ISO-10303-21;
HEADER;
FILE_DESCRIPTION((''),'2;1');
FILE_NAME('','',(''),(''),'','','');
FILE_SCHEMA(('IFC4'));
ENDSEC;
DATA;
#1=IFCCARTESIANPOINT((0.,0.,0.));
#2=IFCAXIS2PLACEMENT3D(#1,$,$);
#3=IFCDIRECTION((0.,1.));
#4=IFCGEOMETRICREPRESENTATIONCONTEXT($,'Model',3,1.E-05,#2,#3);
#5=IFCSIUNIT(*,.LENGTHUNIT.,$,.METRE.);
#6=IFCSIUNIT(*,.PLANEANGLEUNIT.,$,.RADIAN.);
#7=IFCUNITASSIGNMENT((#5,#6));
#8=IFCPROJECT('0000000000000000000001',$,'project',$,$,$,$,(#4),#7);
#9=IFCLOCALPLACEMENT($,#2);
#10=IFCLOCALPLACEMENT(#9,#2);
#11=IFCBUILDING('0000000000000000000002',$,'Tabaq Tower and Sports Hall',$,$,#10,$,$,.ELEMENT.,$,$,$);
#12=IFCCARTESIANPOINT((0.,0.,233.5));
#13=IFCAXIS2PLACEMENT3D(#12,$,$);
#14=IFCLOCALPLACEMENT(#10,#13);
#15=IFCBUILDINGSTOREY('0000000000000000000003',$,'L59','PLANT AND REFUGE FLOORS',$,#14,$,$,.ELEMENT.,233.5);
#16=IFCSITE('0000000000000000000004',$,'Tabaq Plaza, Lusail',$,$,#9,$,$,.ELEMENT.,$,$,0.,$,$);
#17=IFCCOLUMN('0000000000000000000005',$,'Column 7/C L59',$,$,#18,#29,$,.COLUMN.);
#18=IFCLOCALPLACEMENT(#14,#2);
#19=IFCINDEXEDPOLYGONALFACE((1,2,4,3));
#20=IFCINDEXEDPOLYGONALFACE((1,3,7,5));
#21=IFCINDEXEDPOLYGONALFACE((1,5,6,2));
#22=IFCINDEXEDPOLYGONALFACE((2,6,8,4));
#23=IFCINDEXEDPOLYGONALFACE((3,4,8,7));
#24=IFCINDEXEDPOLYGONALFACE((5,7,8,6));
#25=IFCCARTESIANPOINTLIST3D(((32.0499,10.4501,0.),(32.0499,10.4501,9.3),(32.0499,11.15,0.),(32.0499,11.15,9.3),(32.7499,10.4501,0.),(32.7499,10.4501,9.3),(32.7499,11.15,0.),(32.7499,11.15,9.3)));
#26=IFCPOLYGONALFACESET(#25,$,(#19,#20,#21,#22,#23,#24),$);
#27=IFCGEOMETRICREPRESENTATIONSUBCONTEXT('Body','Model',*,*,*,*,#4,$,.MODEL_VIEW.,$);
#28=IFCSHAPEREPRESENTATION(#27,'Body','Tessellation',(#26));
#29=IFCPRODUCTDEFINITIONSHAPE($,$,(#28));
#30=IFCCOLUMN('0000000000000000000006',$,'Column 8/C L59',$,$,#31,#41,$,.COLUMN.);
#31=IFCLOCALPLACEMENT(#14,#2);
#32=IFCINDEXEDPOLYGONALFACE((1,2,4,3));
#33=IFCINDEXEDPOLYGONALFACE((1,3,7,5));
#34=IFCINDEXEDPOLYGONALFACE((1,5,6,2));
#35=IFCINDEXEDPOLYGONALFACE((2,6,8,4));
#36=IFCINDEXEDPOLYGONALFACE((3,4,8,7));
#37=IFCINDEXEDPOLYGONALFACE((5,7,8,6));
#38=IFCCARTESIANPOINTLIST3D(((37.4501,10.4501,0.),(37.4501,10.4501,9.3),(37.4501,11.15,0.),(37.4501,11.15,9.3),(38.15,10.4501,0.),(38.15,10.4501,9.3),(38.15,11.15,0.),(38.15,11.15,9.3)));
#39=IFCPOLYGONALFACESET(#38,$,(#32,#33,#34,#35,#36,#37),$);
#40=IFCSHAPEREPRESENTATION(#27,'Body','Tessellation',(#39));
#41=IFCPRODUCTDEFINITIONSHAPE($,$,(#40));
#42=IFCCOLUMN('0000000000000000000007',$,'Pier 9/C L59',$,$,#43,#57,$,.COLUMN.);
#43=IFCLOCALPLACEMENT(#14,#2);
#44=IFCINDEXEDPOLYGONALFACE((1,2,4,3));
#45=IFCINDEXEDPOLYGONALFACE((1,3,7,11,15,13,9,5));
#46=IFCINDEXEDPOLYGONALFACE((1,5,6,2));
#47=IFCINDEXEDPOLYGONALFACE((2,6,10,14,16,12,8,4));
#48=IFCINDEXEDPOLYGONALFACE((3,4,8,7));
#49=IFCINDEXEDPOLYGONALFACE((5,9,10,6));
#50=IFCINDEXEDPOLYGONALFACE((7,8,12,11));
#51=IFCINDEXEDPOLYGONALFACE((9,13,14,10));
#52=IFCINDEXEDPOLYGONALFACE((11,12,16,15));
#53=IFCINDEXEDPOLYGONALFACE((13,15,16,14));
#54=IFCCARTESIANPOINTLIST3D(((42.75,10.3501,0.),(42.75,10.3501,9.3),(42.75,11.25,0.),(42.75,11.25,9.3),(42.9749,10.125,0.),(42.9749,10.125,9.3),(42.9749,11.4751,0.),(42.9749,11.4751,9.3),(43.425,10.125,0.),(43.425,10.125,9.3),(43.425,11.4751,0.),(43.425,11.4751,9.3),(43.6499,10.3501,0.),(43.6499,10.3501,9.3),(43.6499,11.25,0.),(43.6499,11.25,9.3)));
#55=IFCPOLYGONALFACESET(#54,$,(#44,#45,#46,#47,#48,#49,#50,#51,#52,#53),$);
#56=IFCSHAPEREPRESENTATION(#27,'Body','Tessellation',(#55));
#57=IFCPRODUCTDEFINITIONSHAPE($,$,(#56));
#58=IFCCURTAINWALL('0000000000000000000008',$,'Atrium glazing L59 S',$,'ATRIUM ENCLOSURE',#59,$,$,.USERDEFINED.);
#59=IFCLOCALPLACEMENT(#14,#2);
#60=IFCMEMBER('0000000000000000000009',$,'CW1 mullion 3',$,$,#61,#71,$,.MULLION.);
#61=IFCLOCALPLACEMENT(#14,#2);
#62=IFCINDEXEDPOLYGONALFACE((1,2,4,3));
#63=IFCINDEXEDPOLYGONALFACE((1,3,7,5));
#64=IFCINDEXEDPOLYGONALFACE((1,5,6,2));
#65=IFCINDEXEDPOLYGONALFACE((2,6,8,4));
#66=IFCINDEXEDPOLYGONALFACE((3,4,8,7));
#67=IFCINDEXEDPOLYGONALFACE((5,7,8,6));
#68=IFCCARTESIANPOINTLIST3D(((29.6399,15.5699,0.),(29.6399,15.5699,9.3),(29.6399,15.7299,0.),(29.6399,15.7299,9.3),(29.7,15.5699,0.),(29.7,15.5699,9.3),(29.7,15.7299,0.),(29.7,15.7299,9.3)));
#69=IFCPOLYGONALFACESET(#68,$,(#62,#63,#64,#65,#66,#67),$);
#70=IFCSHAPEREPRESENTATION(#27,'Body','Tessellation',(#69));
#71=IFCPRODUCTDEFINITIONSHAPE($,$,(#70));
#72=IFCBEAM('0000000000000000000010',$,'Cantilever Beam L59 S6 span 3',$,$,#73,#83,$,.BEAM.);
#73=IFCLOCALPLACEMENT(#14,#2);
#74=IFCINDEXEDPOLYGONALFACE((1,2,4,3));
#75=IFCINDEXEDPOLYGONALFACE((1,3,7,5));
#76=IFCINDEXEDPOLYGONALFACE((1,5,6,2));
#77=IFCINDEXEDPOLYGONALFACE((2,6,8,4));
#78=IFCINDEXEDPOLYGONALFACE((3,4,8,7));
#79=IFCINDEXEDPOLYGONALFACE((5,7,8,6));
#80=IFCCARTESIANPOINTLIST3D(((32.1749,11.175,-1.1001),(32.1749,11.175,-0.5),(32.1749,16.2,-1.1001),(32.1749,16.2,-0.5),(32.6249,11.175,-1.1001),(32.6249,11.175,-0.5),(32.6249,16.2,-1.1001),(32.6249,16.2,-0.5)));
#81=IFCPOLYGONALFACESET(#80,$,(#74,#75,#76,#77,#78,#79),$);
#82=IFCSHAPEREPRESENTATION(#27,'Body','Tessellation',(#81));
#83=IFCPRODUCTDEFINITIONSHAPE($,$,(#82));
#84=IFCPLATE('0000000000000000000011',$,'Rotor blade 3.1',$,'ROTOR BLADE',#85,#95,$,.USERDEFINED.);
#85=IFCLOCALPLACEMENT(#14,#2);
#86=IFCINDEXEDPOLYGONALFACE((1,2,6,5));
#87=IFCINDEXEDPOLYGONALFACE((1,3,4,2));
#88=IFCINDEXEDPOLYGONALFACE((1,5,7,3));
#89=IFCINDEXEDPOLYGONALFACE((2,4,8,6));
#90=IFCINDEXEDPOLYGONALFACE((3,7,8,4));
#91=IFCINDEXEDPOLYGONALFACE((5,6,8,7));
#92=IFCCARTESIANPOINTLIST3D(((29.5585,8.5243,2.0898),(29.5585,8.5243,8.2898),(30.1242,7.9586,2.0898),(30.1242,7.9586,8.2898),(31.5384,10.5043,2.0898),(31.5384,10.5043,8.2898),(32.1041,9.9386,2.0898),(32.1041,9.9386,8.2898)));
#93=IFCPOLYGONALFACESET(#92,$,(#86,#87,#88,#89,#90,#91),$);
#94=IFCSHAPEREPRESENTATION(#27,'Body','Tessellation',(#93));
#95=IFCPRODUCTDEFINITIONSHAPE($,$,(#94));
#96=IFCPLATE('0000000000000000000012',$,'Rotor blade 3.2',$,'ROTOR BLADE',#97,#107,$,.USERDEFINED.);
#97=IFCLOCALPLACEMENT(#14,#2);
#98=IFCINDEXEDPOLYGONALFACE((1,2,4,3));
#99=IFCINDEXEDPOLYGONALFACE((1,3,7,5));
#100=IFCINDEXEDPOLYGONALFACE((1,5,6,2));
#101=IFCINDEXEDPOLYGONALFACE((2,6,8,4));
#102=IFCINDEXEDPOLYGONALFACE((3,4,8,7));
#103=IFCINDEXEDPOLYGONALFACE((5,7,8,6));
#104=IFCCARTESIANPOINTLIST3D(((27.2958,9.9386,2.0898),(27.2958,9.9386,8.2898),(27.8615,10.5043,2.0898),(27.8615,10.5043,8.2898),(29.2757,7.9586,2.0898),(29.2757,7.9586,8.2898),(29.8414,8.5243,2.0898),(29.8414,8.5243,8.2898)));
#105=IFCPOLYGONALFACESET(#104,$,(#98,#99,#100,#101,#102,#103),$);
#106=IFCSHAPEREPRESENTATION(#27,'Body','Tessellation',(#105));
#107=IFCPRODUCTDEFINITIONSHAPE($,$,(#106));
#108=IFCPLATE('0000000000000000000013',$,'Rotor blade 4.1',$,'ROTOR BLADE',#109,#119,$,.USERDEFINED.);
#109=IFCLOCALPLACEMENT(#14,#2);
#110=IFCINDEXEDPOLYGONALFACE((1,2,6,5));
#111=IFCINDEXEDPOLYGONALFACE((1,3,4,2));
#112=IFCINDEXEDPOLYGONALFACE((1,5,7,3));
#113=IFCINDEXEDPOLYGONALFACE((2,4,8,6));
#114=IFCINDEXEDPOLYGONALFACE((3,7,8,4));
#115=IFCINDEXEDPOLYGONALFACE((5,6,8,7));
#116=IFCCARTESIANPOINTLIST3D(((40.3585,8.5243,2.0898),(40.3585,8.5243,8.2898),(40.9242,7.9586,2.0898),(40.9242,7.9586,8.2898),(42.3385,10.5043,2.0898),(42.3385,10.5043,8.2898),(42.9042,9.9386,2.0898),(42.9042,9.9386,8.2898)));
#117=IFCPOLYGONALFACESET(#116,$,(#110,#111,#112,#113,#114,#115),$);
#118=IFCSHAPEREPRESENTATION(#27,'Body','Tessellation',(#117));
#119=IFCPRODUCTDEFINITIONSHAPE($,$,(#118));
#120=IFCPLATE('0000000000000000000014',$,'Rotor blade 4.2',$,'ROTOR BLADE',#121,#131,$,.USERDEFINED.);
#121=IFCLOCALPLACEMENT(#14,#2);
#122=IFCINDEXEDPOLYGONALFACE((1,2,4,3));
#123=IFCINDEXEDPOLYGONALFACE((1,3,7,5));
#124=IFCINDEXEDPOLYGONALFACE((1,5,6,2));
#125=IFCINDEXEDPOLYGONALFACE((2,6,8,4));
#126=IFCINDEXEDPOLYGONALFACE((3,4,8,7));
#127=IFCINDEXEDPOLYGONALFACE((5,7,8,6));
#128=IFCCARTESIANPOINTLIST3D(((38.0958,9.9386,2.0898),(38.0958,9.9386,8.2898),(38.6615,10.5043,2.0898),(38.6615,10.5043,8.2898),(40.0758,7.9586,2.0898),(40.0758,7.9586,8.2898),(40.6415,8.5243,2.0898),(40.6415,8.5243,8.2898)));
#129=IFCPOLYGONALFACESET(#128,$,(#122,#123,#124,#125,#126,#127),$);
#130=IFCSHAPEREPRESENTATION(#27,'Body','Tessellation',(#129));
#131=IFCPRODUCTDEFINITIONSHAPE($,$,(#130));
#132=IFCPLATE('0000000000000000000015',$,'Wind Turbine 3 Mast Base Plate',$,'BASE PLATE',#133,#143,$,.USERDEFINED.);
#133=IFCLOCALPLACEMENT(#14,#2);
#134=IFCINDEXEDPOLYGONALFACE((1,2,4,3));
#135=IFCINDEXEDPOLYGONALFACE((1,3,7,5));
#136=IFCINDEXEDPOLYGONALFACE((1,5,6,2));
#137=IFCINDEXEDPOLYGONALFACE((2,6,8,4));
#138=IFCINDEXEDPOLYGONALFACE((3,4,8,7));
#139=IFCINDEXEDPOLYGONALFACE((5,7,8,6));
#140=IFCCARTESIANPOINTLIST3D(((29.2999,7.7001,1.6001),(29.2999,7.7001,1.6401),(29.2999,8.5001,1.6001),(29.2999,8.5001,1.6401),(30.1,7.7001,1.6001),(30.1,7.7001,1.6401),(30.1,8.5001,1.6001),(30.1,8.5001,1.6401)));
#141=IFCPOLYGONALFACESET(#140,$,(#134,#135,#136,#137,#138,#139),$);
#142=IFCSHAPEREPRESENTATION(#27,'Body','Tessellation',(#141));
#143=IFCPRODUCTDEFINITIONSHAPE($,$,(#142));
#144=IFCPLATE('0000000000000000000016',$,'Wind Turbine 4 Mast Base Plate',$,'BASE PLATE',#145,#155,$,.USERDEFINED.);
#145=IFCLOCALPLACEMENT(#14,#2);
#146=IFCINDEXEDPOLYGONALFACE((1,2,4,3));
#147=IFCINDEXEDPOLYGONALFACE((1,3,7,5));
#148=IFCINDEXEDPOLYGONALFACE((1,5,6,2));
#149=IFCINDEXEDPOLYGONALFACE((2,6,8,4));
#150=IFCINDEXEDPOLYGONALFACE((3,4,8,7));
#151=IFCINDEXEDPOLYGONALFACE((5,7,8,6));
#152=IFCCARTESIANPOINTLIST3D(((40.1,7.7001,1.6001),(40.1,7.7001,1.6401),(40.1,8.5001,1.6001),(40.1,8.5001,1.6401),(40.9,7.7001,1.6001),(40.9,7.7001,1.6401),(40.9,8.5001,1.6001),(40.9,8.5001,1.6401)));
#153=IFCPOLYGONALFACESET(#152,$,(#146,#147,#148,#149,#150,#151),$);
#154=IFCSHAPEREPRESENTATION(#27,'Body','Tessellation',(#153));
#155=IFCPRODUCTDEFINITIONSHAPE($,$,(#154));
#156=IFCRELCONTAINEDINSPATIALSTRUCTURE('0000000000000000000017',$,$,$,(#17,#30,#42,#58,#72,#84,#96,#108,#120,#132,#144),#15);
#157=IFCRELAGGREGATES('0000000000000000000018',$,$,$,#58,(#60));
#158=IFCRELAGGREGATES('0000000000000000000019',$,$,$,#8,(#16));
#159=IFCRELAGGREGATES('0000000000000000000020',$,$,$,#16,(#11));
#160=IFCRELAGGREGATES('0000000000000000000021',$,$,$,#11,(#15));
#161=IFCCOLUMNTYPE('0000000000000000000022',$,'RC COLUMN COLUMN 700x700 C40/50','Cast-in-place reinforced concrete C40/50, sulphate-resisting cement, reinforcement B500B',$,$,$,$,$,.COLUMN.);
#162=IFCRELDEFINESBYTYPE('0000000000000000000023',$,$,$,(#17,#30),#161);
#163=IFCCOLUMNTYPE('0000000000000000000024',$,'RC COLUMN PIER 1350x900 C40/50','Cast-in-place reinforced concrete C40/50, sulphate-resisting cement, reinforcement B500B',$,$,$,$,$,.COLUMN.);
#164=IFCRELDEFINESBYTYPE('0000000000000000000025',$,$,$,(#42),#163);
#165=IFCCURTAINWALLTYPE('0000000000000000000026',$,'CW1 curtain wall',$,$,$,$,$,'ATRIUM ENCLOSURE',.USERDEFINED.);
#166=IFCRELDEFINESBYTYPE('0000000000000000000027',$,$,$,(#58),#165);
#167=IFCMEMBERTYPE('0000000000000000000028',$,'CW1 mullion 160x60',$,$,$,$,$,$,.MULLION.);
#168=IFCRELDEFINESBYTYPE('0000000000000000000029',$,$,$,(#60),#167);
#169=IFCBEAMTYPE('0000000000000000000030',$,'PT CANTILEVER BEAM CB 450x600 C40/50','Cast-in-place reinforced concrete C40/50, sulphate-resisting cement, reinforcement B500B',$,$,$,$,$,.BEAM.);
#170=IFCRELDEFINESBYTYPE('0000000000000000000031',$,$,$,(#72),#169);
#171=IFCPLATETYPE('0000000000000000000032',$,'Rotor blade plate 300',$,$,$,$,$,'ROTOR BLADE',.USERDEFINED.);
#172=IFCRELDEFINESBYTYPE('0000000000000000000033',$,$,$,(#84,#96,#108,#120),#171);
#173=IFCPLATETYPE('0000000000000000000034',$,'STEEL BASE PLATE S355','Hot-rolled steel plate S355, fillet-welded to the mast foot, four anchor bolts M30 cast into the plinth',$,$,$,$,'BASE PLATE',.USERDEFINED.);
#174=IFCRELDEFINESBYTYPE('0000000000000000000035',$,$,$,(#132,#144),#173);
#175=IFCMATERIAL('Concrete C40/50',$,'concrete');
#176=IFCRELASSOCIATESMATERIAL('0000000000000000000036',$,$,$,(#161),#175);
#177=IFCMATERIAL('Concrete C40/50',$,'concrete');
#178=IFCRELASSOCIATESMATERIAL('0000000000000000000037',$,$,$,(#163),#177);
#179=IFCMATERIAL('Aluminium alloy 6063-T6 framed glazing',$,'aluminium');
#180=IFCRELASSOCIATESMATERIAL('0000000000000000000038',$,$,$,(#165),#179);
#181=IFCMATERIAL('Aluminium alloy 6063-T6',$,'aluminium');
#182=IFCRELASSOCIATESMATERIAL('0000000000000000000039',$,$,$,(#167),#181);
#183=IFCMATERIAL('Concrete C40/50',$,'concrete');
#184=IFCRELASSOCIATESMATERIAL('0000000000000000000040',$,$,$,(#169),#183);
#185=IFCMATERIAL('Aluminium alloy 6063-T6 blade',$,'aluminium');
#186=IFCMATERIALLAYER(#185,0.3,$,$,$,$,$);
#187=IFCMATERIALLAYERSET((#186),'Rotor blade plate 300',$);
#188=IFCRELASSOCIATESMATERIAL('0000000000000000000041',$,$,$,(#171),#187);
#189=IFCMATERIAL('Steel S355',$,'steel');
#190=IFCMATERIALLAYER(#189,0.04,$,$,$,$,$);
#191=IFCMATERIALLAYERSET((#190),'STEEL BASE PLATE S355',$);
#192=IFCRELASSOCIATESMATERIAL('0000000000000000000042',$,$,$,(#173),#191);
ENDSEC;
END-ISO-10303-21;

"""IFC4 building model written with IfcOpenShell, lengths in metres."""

from ifc_helpers import new_model, si_unit, direction, frame, origin, origin_2d, place, context, subcontext, project, spatial, polyline, rectangle, outline, extrude, material, layer, layer_set, material_profile, profile_set, type_object, element, aggregate, save


model = new_model("IFC4")

# Units and contexts
model_context = context("Model", 3, precision=1e-05, world=origin(), true_north=direction((0.0, 1.0)))
body_context = subcontext(model_context, "Body", "Model", "MODEL_VIEW")
ifc_project = project(units=[si_unit("LENGTHUNIT", "METRE"), si_unit("PLANEANGLEUNIT", "RADIAN")], contexts=[model_context])

# Site, building, storey
site_placement = place(None, origin())
site = spatial("IfcSite", under=ifc_project, at=site_placement, Name="Tabaq Plaza, Lusail", CompositionType="ELEMENT", RefElevation=0.0)
building_placement = place(site_placement, origin())
building = spatial("IfcBuilding", under=site, at=building_placement, Name="Tabaq Tower and Sports Hall", CompositionType="ELEMENT")
storey_placement = place(building_placement, frame((0.0, 0.0, 233.5)))
storey = spatial("IfcBuildingStorey", under=building, at=storey_placement, Name="L59", Description="PLANT AND REFUGE FLOORS", CompositionType="ELEMENT", Elevation=233.5)

# Columns
ifc_material_1 = material(Name="Concrete C40/50", Category="concrete")
ifc_material_profile_1 = material_profile(ifc_material_1, rectangle(XDim=0.7, YDim=0.7, at=origin_2d()), Name="COLUMN 700x700")
ifc_profile_set_1 = profile_set([ifc_material_profile_1], Name="Concrete C40/50")
column_type_1 = type_object("IfcColumnType", Name="RC COLUMN COLUMN 700x700 C40/50", Description="Cast-in-place reinforced concrete C40/50, sulphate-resisting cement, reinforcement B500B", PredefinedType="COLUMN", material=ifc_profile_set_1)
for number, where, z_axis, x_axis, name in (
    (1, (32.3999, 10.8, 0.0), (0.0, 0.0, 1.0), (1.0, 0.0, 0.0), "Column 7/C L59"),
    (2, (37.8, 10.8, 0.0), (0.0, 0.0, 1.0), (1.0, 0.0, 0.0), "Column 8/C L59"),
):
    element("IfcColumn", number, at=place(storey_placement, frame(where, z_axis=z_axis, x_axis=x_axis)), inside=storey, type_object=column_type_1, Name=name, PredefinedType="COLUMN", context=body_context, shape_type="SweptSolid", body=[
        extrude(rectangle(XDim=0.7, YDim=0.7, at=origin_2d()), origin(), (0.0, 0.0, 1.0), 9.3),
    ])
ifc_material_2 = material(Name="Concrete C40/50", Category="concrete")
ifc_material_profile_2 = material_profile(ifc_material_2, outline(polyline([(-0.45, -0.45), (0.45, -0.45), (0.675, -0.2251), (0.675, 0.2251), (0.45, 0.45), (-0.45, 0.45), (-0.675, 0.2251), (-0.675, -0.2251), (-0.45, -0.45)])), Name="PIER 1350x900")
ifc_profile_set_2 = profile_set([ifc_material_profile_2], Name="Concrete C40/50")
column_type_2 = type_object("IfcColumnType", Name="RC COLUMN PIER 1350x900 C40/50", Description="Cast-in-place reinforced concrete C40/50, sulphate-resisting cement, reinforcement B500B", PredefinedType="COLUMN", material=ifc_profile_set_2)
column_placement = place(storey_placement, frame((43.2, 10.8, 0.0), z_axis=(0.0, 0.0, 1.0), x_axis=(0.0, 1.0, 0.0)))
element("IfcColumn", 3, at=column_placement, inside=storey, type_object=column_type_2, Name="Pier 9/C L59", PredefinedType="COLUMN", context=body_context, shape_type="SweptSolid", body=[
    extrude(outline(polyline([(-0.45, -0.45), (0.45, -0.45), (0.675, -0.2251), (0.675, 0.2251), (0.45, 0.45), (-0.45, 0.45), (-0.675, 0.2251), (-0.675, -0.2251), (-0.45, -0.45)])), origin(), (0.0, 0.0, 1.0), 9.3),
])

# Curtain wall, member
ifc_material_3 = material(Name="Aluminium alloy 6063-T6 framed glazing", Category="aluminium")
curtain_wall_type = type_object("IfcCurtainWallType", Name="CW1 curtain wall", ElementType="ATRIUM ENCLOSURE", PredefinedType="USERDEFINED", material=ifc_material_3)
curtain_wall_placement = place(storey_placement, origin())
curtain_wall = element("IfcCurtainWall", 4, at=curtain_wall_placement, inside=storey, type_object=curtain_wall_type, Name="Atrium glazing L59 S", ObjectType="ATRIUM ENCLOSURE", PredefinedType="USERDEFINED")
ifc_material_4 = material(Name="Aluminium alloy 6063-T6", Category="aluminium")
ifc_material_profile_3 = material_profile(ifc_material_4, rectangle(XDim=0.1599, YDim=0.0601, at=origin_2d()), Name="MULLION 160x60")
ifc_profile_set_3 = profile_set([ifc_material_profile_3], Name="Aluminium alloy 6063-T6")
member_type = type_object("IfcMemberType", Name="CW1 mullion 160x60", PredefinedType="MULLION", material=ifc_profile_set_3)
member_placement = place(storey_placement, frame((29.6699, 15.6499, 0.0), z_axis=(0.0, 0.0, 1.0), x_axis=(0.0, 1.0, 0.0)))
member = element("IfcMember", 5, at=member_placement, type_object=member_type, Name="CW1 mullion 3", PredefinedType="MULLION", context=body_context, shape_type="SweptSolid", body=[
    extrude(rectangle(XDim=0.1599, YDim=0.0601, at=origin_2d()), origin(), (0.0, 0.0, 1.0), 9.3),
])
aggregate(curtain_wall, [member])

# Beam
ifc_material_5 = material(Name="Concrete C40/50", Category="concrete")
ifc_material_profile_4 = material_profile(ifc_material_5, rectangle(XDim=0.45, YDim=0.6001, at=origin_2d()), Name="CB 450x600")
ifc_profile_set_4 = profile_set([ifc_material_profile_4], Name="Concrete C40/50")
beam_type = type_object("IfcBeamType", Name="PT CANTILEVER BEAM CB 450x600 C40/50", Description="Cast-in-place reinforced concrete C40/50, sulphate-resisting cement, reinforcement B500B", PredefinedType="BEAM", material=ifc_profile_set_4)
beam_placement = place(storey_placement, frame((32.3999, 11.175, -0.8), z_axis=(0.0, 1.0, 0.0), x_axis=(-1.0, 0.0, 0.0)))
element("IfcBeam", 6, at=beam_placement, inside=storey, type_object=beam_type, Name="Cantilever Beam L59 S6 span 3", PredefinedType="BEAM", context=body_context, shape_type="SweptSolid", body=[
    extrude(rectangle(XDim=0.45, YDim=0.6001, at=origin_2d()), origin(), (0.0, 0.0, 1.0), 5.0249),
])

# Plates
ifc_material_6 = material(Name="Aluminium alloy 6063-T6 blade", Category="aluminium")
ifc_layer_1 = layer(ifc_material_6, 0.3)
ifc_layer_set_1 = layer_set([ifc_layer_1], Name="Rotor blade plate 300")
plate_type_1 = type_object("IfcPlateType", Name="Rotor blade plate 300", ElementType="ROTOR BLADE", PredefinedType="USERDEFINED", material=ifc_layer_set_1)
for number, where, z_axis, x_axis, name in (
    (7, (30.8313, 9.2314, 2.0898), (0.0, 0.0, 1.0), (0.707107, 0.707107, 0.0), "Rotor blade 3.1"),
    (8, (28.5686, 9.2314, 2.0898), (0.0, 0.0, 1.0), (-0.707107, 0.707107, 0.0), "Rotor blade 3.2"),
    (9, (41.6313, 9.2314, 2.0898), (0.0, 0.0, 1.0), (0.707107, 0.707107, 0.0), "Rotor blade 4.1"),
    (10, (39.3687, 9.2314, 2.0898), (0.0, 0.0, 1.0), (-0.707107, 0.707107, 0.0), "Rotor blade 4.2"),
):
    element("IfcPlate", number, at=place(storey_placement, frame(where, z_axis=z_axis, x_axis=x_axis)), inside=storey, type_object=plate_type_1, Name=name, ObjectType="ROTOR BLADE", PredefinedType="USERDEFINED", context=body_context, shape_type="SweptSolid", body=[
        extrude(rectangle(XDim=2.8, YDim=0.8, at=origin_2d()), origin(), (0.0, 0.0, 1.0), 6.2),
    ])
ifc_material_7 = material(Name="Steel S355", Category="steel")
ifc_layer_2 = layer(ifc_material_7, 0.04)
ifc_layer_set_2 = layer_set([ifc_layer_2], Name="STEEL BASE PLATE S355")
plate_type_2 = type_object("IfcPlateType", Name="STEEL BASE PLATE S355", Description="Hot-rolled steel plate S355, fillet-welded to the mast foot, four anchor bolts M30 cast into the plinth", ElementType="BASE PLATE", PredefinedType="USERDEFINED", material=ifc_layer_set_2)
for number, where, z_axis, x_axis, name in (
    (11, (29.7, 8.1001, 1.6001), (0.0, 0.0, 1.0), (1.0, 0.0, 0.0), "Wind Turbine 3 Mast Base Plate"),
    (12, (40.5, 8.1001, 1.6001), (0.0, 0.0, 1.0), (1.0, 0.0, 0.0), "Wind Turbine 4 Mast Base Plate"),
):
    element("IfcPlate", number, at=place(storey_placement, frame(where, z_axis=z_axis, x_axis=x_axis)), inside=storey, type_object=plate_type_2, Name=name, ObjectType="BASE PLATE", PredefinedType="USERDEFINED", context=body_context, shape_type="SweptSolid", body=[
        extrude(rectangle(XDim=0.8, YDim=0.8, at=origin_2d()), origin(), (0.0, 0.0, 1.0), 0.04),
    ])

save(model, "model.ifc")
